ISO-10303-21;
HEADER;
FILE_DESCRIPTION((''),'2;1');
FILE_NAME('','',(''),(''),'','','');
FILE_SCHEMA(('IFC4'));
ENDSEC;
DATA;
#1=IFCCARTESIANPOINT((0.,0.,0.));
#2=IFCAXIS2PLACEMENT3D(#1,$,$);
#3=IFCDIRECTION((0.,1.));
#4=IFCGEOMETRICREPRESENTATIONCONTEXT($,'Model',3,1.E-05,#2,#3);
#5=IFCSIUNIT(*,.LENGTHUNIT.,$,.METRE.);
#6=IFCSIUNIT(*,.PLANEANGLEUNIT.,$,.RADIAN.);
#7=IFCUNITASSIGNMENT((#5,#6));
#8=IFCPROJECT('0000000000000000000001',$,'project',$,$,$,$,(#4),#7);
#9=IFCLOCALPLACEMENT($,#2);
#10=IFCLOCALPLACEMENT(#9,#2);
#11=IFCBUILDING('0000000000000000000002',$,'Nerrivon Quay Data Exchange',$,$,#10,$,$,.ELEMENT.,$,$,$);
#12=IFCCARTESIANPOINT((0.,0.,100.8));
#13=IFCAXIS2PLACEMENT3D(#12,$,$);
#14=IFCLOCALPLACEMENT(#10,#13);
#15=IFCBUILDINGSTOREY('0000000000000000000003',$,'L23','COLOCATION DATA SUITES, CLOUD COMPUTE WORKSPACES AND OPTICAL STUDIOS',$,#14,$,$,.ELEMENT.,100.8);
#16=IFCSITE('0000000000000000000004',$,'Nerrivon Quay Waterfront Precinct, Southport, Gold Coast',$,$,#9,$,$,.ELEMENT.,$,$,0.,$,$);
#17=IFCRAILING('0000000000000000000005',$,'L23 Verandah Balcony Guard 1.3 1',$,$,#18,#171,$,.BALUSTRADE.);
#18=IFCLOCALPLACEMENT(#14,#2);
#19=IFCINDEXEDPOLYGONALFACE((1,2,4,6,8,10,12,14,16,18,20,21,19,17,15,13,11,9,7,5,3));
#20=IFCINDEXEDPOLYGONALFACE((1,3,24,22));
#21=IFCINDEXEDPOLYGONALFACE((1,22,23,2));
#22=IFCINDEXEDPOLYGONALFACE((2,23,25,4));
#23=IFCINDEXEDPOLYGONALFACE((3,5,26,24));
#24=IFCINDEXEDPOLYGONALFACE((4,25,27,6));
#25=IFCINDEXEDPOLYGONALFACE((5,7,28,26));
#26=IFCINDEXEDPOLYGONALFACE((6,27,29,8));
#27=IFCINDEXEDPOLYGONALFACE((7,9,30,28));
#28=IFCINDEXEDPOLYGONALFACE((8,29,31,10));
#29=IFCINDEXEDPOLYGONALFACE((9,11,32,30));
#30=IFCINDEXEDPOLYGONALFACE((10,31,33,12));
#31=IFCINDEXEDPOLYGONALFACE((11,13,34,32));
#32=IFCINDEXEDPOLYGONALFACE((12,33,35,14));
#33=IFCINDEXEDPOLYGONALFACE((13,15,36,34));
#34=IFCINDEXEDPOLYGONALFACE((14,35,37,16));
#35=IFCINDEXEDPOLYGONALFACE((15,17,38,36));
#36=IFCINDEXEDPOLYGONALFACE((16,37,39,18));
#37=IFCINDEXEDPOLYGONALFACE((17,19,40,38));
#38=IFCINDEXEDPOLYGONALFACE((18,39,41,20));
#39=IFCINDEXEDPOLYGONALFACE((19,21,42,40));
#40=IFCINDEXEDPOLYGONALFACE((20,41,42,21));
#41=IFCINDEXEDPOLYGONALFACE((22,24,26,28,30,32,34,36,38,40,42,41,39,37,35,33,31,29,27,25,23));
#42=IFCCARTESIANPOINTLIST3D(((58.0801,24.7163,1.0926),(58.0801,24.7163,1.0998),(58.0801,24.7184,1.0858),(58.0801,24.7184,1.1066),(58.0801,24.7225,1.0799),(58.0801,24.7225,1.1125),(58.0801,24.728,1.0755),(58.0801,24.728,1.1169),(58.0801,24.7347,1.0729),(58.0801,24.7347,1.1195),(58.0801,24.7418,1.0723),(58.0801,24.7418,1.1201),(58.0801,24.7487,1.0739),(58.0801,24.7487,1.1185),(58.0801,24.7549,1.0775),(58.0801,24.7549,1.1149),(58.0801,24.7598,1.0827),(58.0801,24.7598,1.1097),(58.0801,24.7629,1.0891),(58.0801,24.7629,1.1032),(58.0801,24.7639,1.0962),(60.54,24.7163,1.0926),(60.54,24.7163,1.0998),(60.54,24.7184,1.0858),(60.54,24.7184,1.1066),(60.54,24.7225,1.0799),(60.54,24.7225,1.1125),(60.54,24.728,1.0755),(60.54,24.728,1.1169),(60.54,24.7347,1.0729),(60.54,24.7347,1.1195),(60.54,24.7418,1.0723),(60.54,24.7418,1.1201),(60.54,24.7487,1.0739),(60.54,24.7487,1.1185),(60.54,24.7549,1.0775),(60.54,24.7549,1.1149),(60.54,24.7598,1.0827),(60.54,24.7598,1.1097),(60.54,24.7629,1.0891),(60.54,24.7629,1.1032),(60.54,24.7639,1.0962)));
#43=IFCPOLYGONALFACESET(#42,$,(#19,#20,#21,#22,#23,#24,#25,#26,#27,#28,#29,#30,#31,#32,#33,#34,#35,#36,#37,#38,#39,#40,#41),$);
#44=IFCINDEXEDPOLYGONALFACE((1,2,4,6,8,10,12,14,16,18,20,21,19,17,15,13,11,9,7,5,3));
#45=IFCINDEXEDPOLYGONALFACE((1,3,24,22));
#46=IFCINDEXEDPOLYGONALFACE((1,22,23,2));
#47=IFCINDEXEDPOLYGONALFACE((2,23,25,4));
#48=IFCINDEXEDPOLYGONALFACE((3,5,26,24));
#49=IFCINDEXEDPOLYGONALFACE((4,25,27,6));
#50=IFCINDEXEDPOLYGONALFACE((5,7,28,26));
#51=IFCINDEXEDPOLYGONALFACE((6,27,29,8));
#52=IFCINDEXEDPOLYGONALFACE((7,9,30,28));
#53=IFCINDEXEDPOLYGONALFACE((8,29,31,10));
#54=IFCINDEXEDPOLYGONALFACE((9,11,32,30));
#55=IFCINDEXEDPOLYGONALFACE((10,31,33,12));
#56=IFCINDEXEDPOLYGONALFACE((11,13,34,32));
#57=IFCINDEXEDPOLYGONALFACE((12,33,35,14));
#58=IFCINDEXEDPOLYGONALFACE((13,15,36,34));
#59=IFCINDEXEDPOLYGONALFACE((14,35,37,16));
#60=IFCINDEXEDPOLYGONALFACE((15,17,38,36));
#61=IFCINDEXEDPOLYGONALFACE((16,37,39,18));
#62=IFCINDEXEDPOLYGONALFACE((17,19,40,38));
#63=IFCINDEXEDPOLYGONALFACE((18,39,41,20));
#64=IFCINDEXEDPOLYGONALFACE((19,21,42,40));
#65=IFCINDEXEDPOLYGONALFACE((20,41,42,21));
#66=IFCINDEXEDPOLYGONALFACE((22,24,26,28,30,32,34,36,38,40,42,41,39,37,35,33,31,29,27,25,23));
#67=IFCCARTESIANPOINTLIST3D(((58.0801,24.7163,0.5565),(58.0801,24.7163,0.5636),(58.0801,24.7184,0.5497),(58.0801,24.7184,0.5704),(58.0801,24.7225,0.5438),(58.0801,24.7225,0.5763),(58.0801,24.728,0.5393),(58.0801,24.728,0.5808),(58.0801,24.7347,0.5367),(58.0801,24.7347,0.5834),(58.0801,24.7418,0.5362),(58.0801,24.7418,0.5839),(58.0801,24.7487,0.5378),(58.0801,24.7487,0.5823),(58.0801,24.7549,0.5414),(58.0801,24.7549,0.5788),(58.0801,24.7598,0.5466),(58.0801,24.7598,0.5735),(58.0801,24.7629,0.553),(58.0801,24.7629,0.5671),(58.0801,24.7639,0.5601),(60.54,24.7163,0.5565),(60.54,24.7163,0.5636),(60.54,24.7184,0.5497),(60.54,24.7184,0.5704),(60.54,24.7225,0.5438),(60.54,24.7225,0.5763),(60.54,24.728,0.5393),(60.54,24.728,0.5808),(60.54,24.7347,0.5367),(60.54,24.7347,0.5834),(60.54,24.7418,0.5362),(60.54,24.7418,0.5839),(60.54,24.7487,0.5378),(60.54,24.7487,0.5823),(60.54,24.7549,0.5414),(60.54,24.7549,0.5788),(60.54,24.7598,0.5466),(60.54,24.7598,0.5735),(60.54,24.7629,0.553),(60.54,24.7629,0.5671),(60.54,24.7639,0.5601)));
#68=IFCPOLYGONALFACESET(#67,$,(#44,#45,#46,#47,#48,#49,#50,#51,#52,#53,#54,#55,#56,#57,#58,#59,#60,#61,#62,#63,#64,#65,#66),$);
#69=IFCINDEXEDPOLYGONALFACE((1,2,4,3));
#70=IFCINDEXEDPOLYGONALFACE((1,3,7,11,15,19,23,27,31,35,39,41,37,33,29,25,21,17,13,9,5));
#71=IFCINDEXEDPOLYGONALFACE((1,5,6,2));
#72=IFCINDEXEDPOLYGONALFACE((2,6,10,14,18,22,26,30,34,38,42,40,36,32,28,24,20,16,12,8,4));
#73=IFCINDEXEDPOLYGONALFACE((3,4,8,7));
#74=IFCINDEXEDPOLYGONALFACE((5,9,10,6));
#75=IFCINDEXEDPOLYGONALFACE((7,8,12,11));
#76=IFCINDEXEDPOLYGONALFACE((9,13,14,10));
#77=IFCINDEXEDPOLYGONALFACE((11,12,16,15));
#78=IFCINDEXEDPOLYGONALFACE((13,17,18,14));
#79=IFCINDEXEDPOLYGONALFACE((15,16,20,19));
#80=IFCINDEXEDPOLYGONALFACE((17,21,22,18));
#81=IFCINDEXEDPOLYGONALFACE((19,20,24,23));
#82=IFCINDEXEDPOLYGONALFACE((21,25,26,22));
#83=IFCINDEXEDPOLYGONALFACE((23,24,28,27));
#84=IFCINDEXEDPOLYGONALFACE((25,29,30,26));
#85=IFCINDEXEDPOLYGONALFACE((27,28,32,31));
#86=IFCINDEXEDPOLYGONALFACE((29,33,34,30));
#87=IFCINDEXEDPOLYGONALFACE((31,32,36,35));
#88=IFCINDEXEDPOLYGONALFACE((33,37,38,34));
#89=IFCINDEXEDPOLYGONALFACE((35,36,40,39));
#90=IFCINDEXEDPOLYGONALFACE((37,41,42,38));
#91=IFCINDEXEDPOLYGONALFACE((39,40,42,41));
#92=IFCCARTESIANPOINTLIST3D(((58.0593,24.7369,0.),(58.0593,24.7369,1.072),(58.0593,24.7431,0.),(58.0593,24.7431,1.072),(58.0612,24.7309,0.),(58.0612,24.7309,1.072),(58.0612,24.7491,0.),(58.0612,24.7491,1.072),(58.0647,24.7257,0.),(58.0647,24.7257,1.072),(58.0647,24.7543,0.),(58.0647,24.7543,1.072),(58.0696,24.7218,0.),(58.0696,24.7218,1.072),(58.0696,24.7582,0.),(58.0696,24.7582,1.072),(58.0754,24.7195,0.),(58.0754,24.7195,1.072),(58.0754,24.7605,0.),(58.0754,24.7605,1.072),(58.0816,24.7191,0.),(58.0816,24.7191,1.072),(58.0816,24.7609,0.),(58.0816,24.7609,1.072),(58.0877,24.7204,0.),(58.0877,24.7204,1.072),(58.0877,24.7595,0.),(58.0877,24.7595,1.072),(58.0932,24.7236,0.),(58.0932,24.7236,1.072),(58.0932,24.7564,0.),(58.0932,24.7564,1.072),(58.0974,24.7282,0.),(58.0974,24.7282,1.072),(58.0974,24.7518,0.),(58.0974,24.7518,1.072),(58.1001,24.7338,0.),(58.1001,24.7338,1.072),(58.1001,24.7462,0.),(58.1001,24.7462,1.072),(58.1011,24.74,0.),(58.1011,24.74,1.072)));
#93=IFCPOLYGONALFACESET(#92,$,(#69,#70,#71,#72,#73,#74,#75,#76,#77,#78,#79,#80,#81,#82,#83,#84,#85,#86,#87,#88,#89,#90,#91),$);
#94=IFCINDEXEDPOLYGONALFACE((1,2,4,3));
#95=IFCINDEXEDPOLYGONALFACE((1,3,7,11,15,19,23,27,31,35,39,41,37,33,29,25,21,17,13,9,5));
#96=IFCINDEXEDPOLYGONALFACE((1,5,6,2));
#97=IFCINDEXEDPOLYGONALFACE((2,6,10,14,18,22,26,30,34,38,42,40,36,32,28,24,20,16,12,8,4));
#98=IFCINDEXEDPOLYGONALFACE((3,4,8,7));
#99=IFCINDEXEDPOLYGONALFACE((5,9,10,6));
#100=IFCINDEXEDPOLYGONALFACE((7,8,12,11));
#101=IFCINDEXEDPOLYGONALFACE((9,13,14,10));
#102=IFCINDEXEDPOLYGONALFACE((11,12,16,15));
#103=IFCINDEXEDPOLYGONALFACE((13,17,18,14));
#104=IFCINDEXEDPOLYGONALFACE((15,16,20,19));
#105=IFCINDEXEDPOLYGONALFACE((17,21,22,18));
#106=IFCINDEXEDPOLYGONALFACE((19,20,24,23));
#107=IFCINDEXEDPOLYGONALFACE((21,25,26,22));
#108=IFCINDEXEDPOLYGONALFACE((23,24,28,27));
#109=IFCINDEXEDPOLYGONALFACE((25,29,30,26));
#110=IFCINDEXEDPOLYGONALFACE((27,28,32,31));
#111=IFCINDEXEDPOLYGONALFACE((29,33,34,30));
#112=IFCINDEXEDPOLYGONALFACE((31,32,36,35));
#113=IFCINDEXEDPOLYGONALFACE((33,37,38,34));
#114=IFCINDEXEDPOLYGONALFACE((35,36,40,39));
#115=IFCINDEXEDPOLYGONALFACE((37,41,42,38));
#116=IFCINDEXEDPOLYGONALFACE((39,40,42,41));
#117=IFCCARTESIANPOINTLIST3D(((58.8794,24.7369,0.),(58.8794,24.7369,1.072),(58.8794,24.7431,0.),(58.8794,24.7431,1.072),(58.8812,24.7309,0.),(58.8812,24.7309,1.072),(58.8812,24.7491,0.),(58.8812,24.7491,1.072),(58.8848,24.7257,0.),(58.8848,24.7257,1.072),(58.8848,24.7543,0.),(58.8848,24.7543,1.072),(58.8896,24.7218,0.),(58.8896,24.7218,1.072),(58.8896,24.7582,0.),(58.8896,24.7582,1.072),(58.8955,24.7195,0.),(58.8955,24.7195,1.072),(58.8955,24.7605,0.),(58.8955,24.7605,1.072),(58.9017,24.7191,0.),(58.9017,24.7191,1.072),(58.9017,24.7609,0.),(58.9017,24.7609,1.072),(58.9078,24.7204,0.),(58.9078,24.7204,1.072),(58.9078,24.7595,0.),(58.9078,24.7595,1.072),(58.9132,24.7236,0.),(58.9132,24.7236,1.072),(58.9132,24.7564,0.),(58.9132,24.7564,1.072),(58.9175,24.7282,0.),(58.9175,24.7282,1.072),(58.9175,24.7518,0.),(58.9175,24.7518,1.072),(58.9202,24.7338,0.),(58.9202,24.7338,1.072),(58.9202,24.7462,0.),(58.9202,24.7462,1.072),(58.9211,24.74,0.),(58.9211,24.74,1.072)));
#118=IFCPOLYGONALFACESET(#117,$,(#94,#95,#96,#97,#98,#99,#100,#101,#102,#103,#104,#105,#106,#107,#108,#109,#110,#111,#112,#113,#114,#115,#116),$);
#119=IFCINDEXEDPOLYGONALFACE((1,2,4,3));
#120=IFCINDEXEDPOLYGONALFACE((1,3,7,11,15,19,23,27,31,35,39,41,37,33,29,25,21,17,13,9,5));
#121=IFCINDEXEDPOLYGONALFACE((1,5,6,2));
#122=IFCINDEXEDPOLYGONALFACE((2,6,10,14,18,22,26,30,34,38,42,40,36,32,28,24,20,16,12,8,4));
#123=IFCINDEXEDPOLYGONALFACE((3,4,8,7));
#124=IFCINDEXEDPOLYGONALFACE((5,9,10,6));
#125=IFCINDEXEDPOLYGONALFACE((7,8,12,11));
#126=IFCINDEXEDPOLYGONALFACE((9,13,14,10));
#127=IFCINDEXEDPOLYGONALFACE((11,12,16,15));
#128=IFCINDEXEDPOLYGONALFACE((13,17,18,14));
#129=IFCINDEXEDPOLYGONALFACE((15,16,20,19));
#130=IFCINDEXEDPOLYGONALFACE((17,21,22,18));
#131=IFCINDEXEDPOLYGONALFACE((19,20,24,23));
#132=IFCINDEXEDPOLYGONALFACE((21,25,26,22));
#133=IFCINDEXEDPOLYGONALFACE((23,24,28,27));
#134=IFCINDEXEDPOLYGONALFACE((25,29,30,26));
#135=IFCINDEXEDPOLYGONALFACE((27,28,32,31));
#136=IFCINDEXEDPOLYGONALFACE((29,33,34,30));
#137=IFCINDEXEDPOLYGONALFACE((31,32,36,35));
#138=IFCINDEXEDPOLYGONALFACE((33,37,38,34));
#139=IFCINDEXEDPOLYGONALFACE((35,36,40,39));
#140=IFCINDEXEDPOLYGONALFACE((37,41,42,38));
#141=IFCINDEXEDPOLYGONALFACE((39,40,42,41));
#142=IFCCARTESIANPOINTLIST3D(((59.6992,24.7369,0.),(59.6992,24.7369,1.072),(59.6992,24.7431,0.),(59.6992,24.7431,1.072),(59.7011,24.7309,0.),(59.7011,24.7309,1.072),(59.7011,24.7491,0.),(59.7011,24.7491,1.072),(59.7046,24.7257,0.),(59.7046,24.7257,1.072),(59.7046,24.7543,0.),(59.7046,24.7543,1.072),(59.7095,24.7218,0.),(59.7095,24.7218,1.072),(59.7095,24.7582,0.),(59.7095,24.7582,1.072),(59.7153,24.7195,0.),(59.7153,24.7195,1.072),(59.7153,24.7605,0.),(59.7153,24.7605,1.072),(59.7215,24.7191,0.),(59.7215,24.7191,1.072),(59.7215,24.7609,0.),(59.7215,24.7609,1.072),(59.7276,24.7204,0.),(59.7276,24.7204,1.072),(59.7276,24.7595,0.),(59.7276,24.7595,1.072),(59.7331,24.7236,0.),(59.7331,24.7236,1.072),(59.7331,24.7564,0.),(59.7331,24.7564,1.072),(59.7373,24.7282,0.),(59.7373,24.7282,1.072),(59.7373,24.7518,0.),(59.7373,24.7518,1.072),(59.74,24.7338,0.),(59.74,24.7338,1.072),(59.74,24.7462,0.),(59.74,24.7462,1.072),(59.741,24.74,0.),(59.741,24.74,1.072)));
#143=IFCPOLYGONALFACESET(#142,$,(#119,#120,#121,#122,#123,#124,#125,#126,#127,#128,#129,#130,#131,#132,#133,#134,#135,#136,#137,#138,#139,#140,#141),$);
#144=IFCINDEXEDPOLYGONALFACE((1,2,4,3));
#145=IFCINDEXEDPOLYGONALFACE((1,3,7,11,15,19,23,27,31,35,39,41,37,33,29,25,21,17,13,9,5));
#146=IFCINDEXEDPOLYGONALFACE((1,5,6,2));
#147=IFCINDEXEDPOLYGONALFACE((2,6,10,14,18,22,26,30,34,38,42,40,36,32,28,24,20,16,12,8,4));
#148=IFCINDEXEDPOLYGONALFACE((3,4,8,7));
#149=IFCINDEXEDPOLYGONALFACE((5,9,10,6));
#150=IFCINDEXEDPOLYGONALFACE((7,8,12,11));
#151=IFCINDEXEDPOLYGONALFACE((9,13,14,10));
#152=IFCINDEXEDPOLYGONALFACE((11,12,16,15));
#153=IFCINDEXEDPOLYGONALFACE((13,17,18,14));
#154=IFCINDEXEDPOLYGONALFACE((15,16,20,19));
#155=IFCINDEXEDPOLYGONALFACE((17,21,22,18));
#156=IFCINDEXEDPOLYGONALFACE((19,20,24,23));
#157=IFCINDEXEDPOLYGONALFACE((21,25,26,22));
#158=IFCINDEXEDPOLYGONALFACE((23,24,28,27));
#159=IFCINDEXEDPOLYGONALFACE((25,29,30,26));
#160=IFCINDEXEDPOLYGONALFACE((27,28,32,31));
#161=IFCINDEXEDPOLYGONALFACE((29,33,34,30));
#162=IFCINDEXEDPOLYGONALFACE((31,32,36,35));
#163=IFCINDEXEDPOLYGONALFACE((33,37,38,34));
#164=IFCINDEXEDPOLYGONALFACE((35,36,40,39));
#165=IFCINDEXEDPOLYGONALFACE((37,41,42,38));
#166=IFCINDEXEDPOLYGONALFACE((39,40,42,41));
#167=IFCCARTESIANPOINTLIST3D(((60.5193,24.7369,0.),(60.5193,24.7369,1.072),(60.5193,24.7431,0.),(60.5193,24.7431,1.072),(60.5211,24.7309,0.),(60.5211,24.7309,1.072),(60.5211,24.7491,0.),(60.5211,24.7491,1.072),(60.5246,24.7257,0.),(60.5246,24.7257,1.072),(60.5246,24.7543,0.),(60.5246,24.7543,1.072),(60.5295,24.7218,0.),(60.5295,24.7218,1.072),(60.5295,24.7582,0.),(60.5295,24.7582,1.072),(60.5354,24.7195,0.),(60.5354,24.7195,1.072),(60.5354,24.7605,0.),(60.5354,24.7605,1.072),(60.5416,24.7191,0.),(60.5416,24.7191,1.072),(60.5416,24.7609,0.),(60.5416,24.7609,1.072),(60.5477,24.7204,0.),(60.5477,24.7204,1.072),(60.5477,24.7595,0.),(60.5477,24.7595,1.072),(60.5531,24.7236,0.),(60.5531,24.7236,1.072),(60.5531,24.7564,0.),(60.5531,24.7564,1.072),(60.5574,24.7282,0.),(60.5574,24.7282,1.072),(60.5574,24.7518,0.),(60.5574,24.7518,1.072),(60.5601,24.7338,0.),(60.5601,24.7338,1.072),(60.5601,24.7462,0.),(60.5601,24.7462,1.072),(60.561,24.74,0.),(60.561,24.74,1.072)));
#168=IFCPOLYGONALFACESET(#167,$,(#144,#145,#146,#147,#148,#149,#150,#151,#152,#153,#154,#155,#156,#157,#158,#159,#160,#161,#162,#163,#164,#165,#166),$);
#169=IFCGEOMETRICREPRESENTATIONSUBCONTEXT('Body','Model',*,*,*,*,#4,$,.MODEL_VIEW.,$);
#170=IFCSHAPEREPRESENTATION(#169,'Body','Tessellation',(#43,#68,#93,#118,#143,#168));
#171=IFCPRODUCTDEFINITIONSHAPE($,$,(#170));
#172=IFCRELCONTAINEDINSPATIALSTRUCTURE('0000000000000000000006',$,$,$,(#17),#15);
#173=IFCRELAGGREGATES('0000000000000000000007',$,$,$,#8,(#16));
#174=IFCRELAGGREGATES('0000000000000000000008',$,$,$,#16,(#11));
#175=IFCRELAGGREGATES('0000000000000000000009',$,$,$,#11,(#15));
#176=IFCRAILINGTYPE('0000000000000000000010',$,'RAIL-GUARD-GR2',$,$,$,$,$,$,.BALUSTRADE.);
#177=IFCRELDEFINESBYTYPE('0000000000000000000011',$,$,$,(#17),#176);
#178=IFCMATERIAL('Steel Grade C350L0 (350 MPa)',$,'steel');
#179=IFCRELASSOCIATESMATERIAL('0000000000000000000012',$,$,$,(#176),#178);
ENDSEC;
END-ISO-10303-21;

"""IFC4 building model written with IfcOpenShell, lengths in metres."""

from ifc_helpers import new_model, si_unit, direction, frame, origin, origin_2d, place, context, subcontext, project, spatial, circle, extrude, material, type_object, element, save


model = new_model("IFC4")

# Units and contexts
model_context = context("Model", 3, precision=1e-05, world=origin(), true_north=direction((0.0, 1.0)))
body_context = subcontext(model_context, "Body", "Model", "MODEL_VIEW")
ifc_project = project(units=[si_unit("LENGTHUNIT", "METRE"), si_unit("PLANEANGLEUNIT", "RADIAN")], contexts=[model_context])

# Site, building, storey
site_placement = place(None, origin())
site = spatial("IfcSite", under=ifc_project, at=site_placement, Name="Nerrivon Quay Waterfront Precinct, Southport, Gold Coast", CompositionType="ELEMENT", RefElevation=0.0)
building_placement = place(site_placement, origin())
building = spatial("IfcBuilding", under=site, at=building_placement, Name="Nerrivon Quay Data Exchange", CompositionType="ELEMENT")
storey_placement = place(building_placement, frame((0.0, 0.0, 100.8)))
storey = spatial("IfcBuildingStorey", under=building, at=storey_placement, Name="L23", Description="COLOCATION DATA SUITES, CLOUD COMPUTE WORKSPACES AND OPTICAL STUDIOS", CompositionType="ELEMENT", Elevation=100.8)

# Railing
ifc_material_1 = material(Name="Steel Grade C350L0 (350 MPa)", Category="steel")
railing_type = type_object("IfcRailingType", Name="RAIL-GUARD-GR2", PredefinedType="BALUSTRADE", material=ifc_material_1)
railing_1_placement = place(storey_placement, frame((58.0801, 24.74, 0.0)))
element("IfcRailing", 1, at=railing_1_placement, inside=storey, type_object=railing_type, Name="L23 Verandah Balcony Guard 1.3 1", PredefinedType="BALUSTRADE", context=body_context, shape_type="SweptSolid", body=[
    extrude(circle(Radius=0.0239, at=origin_2d()), frame((0.0, 0.0, 1.0962), z_axis=(1.0, 0.0, 0.0), x_axis=(0.0, 1.0, 0.0)), (0.0, 0.0, 1.0), 2.46),
    extrude(circle(Radius=0.0239, at=origin_2d()), frame((0.0, 0.0, 0.5601), z_axis=(1.0, 0.0, 0.0), x_axis=(0.0, 1.0, 0.0)), (0.0, 0.0, 1.0), 2.46),
    extrude(circle(Radius=0.021, at=origin_2d()), origin(), (0.0, 0.0, 1.0), 1.072),
    extrude(circle(Radius=0.021, at=origin_2d()), frame((0.8201, 0.0, 0.0)), (0.0, 0.0, 1.0), 1.072),
    extrude(circle(Radius=0.021, at=origin_2d()), frame((1.6399, 0.0, 0.0)), (0.0, 0.0, 1.0), 1.072),
    extrude(circle(Radius=0.021, at=origin_2d()), frame((2.46, 0.0, 0.0)), (0.0, 0.0, 1.0), 1.072),
])

save(model, "model.ifc")
